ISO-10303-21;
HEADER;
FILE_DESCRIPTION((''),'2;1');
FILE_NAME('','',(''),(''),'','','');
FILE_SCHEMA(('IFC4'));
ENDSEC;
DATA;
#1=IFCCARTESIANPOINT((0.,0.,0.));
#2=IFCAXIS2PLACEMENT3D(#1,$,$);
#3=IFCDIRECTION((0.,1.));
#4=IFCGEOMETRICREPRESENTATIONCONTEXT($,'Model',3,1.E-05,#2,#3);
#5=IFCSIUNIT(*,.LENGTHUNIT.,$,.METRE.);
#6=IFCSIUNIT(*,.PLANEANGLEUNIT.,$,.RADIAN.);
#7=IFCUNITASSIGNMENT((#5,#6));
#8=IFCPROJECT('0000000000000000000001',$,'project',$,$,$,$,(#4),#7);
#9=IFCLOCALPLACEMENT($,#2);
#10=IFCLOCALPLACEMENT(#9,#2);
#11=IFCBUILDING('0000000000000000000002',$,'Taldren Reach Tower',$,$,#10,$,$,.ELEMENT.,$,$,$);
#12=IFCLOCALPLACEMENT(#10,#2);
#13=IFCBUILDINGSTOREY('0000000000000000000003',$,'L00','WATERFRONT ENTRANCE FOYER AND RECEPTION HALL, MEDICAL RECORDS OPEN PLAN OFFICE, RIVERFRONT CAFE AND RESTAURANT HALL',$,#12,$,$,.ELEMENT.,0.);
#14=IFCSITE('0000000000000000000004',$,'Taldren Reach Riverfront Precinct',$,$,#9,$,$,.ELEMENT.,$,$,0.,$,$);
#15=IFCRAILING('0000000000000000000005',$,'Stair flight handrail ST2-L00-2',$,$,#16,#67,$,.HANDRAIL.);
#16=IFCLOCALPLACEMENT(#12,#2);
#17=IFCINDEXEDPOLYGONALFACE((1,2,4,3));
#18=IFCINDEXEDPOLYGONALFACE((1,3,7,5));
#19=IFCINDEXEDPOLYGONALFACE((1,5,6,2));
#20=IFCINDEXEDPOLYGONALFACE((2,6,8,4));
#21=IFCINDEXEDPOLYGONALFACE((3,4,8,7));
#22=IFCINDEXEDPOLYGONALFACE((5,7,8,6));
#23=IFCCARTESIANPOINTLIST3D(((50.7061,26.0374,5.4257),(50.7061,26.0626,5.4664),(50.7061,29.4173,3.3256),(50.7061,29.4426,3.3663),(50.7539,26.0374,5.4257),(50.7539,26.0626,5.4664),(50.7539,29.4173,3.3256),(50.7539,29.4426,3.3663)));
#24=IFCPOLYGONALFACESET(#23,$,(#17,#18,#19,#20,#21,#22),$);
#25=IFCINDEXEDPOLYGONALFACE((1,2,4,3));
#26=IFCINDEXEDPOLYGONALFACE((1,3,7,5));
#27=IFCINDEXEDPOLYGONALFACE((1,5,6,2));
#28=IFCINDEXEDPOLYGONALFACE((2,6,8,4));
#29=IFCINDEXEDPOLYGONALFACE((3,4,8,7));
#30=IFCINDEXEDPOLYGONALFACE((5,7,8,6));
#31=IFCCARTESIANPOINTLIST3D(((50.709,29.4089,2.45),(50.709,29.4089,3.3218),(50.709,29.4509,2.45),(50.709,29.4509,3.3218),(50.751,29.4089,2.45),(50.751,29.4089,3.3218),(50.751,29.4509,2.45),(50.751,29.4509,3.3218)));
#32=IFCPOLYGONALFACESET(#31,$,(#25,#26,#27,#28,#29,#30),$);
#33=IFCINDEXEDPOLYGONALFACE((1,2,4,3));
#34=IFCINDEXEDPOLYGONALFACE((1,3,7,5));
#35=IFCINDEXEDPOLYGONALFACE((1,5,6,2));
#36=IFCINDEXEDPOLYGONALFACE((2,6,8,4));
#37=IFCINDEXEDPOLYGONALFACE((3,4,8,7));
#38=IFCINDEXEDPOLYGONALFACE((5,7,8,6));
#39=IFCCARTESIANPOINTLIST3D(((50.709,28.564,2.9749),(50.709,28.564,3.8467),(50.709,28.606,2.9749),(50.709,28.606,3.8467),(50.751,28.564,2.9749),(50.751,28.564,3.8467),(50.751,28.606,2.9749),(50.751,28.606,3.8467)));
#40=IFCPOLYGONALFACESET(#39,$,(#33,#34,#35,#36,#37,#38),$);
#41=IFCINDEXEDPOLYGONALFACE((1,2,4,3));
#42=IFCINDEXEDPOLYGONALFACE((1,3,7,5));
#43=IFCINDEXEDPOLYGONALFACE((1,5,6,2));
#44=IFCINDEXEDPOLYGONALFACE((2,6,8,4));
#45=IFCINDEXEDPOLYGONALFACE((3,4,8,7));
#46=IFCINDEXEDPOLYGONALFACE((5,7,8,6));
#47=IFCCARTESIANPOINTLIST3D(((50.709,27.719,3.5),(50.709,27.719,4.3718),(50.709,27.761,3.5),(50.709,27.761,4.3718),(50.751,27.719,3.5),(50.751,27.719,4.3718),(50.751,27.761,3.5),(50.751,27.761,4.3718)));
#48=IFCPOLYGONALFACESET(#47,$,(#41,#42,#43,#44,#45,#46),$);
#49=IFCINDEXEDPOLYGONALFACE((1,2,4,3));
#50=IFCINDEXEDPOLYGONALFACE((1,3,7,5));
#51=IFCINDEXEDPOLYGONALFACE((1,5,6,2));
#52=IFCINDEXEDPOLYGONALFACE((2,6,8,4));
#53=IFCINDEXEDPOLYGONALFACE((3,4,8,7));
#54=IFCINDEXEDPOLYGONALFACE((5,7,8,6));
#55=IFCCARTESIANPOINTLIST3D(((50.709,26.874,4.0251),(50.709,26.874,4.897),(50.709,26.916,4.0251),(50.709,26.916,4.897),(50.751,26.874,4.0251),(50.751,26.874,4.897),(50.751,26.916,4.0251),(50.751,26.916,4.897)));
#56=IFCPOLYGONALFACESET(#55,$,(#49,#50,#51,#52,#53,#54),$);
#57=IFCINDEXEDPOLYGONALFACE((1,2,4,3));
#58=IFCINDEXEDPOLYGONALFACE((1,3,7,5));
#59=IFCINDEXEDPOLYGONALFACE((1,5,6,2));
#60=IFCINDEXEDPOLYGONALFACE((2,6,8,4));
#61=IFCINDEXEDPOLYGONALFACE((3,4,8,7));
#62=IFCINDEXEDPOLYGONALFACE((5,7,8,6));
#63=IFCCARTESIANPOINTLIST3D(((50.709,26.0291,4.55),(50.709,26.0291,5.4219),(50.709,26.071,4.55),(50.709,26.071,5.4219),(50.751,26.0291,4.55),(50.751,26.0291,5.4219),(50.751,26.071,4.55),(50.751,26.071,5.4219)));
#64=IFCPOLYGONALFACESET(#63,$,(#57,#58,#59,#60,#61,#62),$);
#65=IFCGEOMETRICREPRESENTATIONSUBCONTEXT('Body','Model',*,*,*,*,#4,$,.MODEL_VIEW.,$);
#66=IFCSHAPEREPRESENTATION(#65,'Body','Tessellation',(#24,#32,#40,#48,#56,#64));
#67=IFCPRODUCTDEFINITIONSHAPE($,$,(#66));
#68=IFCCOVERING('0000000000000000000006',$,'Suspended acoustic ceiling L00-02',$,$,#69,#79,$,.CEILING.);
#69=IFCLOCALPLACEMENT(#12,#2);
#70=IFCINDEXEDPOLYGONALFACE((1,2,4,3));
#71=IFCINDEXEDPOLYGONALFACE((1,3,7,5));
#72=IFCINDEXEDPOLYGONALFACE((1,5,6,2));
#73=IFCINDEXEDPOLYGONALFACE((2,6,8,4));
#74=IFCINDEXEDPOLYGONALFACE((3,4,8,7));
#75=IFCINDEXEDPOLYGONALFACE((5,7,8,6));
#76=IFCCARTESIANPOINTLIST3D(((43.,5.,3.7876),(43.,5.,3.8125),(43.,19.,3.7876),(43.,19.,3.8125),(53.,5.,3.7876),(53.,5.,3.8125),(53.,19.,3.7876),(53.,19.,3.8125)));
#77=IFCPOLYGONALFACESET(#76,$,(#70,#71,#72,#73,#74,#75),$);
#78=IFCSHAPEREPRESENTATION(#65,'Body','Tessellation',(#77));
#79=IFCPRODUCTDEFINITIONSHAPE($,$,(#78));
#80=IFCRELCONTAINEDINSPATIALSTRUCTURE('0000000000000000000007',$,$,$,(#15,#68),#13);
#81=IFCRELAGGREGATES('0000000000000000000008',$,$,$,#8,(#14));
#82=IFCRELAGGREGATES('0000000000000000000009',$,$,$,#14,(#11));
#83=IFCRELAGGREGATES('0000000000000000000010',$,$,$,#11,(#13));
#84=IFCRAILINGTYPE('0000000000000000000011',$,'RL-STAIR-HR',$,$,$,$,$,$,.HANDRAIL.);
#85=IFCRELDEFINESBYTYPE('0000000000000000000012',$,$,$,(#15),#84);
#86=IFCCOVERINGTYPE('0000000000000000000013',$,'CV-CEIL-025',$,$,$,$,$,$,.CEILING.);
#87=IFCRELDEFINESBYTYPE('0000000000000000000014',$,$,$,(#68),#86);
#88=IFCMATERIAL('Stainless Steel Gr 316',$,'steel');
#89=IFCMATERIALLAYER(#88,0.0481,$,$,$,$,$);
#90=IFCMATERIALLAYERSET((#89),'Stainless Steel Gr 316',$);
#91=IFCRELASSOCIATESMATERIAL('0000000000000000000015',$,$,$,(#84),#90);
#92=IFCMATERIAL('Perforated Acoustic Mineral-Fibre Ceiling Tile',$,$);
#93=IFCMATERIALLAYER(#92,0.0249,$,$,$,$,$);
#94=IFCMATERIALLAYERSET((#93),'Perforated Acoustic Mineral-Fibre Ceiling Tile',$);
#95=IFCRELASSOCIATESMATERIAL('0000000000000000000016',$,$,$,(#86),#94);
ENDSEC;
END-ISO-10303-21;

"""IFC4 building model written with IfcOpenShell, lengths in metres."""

from ifc_helpers import new_model, si_unit, direction, frame, origin, origin_2d, place, context, subcontext, project, spatial, rectangle, extrude, source, transform, mapped, material, layer, layer_set, type_object, element, save


model = new_model("IFC4")

# Units and contexts
model_context = context("Model", 3, precision=1e-05, world=origin(), true_north=direction((0.0, 1.0)))
body_context = subcontext(model_context, "Body", "Model", "MODEL_VIEW")
ifc_project = project(units=[si_unit("LENGTHUNIT", "METRE"), si_unit("PLANEANGLEUNIT", "RADIAN")], contexts=[model_context])

# Site, building, storey
site_placement = place(None, origin())
site = spatial("IfcSite", under=ifc_project, at=site_placement, Name="Taldren Reach Riverfront Precinct", CompositionType="ELEMENT", RefElevation=0.0)
building_placement = place(site_placement, origin())
building = spatial("IfcBuilding", under=site, at=building_placement, Name="Taldren Reach Tower", CompositionType="ELEMENT")
storey_placement = place(building_placement, origin())
storey = spatial("IfcBuildingStorey", under=building, at=storey_placement, Name="L00", Description="WATERFRONT ENTRANCE FOYER AND RECEPTION HALL, MEDICAL RECORDS OPEN PLAN OFFICE, RIVERFRONT CAFE AND RESTAURANT HALL", CompositionType="ELEMENT", Elevation=0.0)

# Railing
ifc_material_1 = material(Name="Stainless Steel Gr 316", Category="steel")
ifc_layer_1 = layer(ifc_material_1, 0.0481)
ifc_layer_set_1 = layer_set([ifc_layer_1], Name="Stainless Steel Gr 316")
railing_type_1 = type_object("IfcRailingType", Name="RL-STAIR-HR", PredefinedType="HANDRAIL", material=ifc_layer_set_1)
railing_1_placement = place(storey_placement, frame((50.73, 29.4299, 2.45)))
element("IfcRailing", 1, at=railing_1_placement, inside=storey, type_object=railing_type_1, Name="Stair flight handrail ST2-L00-2", PredefinedType="HANDRAIL", context=body_context, shape_type="SweptSolid", body=[
    extrude(rectangle(XDim=0.0479, YDim=0.0479, at=origin_2d()), frame((0.0, 0.0, 0.896), z_axis=(0.0, -0.849388, 0.527769), x_axis=(1.0, 0.0, 0.0)), (0.0, 0.0, 1.0), 3.9792),
    extrude(rectangle(XDim=0.042, YDim=0.042, at=origin_2d()), origin(), (0.0, 0.0, 1.0), 0.8718),
    extrude(rectangle(XDim=0.042, YDim=0.042, at=origin_2d()), frame((0.0, -0.845, 0.5249)), (0.0, 0.0, 1.0), 0.8718),
    extrude(rectangle(XDim=0.042, YDim=0.042, at=origin_2d()), frame((0.0, -1.6899, 1.05)), (0.0, 0.0, 1.0), 0.8718),
    extrude(rectangle(XDim=0.042, YDim=0.042, at=origin_2d()), frame((0.0, -2.5349, 1.5752)), (0.0, 0.0, 1.0), 0.8718),
    extrude(rectangle(XDim=0.042, YDim=0.042, at=origin_2d()), frame((0.0, -3.3799, 2.1001)), (0.0, 0.0, 1.0), 0.8718),
])

# Covering
ifc_material_2 = material(Name="Perforated Acoustic Mineral-Fibre Ceiling Tile")
ifc_layer_2 = layer(ifc_material_2, 0.0249)
ifc_layer_set_2 = layer_set([ifc_layer_2], Name="Perforated Acoustic Mineral-Fibre Ceiling Tile")
covering_type = type_object("IfcCoveringType", Name="CV-CEIL-025", PredefinedType="CEILING", material=ifc_layer_set_2)
shared_shape_1 = source(origin(), body_context, "Body", "SweptSolid", [
    extrude(rectangle(XDim=10.0, YDim=14.0, at=origin_2d()), origin(), (0.0, 0.0, 1.0), 0.0249),
])
covering_placement = place(storey_placement, frame((48.0, 12.0, 3.7876), z_axis=(0.0, 0.0, 1.0), x_axis=(1.0, 0.0, 0.0)))
element("IfcCovering", 2, at=covering_placement, inside=storey, type_object=covering_type, Name="Suspended acoustic ceiling L00-02", PredefinedType="CEILING", context=body_context, shape_type="MappedRepresentation", body=[
    mapped(shared_shape_1, transform((0.0, 0.0, 0.0), scale=1.0)),
])

save(model, "model.ifc")
